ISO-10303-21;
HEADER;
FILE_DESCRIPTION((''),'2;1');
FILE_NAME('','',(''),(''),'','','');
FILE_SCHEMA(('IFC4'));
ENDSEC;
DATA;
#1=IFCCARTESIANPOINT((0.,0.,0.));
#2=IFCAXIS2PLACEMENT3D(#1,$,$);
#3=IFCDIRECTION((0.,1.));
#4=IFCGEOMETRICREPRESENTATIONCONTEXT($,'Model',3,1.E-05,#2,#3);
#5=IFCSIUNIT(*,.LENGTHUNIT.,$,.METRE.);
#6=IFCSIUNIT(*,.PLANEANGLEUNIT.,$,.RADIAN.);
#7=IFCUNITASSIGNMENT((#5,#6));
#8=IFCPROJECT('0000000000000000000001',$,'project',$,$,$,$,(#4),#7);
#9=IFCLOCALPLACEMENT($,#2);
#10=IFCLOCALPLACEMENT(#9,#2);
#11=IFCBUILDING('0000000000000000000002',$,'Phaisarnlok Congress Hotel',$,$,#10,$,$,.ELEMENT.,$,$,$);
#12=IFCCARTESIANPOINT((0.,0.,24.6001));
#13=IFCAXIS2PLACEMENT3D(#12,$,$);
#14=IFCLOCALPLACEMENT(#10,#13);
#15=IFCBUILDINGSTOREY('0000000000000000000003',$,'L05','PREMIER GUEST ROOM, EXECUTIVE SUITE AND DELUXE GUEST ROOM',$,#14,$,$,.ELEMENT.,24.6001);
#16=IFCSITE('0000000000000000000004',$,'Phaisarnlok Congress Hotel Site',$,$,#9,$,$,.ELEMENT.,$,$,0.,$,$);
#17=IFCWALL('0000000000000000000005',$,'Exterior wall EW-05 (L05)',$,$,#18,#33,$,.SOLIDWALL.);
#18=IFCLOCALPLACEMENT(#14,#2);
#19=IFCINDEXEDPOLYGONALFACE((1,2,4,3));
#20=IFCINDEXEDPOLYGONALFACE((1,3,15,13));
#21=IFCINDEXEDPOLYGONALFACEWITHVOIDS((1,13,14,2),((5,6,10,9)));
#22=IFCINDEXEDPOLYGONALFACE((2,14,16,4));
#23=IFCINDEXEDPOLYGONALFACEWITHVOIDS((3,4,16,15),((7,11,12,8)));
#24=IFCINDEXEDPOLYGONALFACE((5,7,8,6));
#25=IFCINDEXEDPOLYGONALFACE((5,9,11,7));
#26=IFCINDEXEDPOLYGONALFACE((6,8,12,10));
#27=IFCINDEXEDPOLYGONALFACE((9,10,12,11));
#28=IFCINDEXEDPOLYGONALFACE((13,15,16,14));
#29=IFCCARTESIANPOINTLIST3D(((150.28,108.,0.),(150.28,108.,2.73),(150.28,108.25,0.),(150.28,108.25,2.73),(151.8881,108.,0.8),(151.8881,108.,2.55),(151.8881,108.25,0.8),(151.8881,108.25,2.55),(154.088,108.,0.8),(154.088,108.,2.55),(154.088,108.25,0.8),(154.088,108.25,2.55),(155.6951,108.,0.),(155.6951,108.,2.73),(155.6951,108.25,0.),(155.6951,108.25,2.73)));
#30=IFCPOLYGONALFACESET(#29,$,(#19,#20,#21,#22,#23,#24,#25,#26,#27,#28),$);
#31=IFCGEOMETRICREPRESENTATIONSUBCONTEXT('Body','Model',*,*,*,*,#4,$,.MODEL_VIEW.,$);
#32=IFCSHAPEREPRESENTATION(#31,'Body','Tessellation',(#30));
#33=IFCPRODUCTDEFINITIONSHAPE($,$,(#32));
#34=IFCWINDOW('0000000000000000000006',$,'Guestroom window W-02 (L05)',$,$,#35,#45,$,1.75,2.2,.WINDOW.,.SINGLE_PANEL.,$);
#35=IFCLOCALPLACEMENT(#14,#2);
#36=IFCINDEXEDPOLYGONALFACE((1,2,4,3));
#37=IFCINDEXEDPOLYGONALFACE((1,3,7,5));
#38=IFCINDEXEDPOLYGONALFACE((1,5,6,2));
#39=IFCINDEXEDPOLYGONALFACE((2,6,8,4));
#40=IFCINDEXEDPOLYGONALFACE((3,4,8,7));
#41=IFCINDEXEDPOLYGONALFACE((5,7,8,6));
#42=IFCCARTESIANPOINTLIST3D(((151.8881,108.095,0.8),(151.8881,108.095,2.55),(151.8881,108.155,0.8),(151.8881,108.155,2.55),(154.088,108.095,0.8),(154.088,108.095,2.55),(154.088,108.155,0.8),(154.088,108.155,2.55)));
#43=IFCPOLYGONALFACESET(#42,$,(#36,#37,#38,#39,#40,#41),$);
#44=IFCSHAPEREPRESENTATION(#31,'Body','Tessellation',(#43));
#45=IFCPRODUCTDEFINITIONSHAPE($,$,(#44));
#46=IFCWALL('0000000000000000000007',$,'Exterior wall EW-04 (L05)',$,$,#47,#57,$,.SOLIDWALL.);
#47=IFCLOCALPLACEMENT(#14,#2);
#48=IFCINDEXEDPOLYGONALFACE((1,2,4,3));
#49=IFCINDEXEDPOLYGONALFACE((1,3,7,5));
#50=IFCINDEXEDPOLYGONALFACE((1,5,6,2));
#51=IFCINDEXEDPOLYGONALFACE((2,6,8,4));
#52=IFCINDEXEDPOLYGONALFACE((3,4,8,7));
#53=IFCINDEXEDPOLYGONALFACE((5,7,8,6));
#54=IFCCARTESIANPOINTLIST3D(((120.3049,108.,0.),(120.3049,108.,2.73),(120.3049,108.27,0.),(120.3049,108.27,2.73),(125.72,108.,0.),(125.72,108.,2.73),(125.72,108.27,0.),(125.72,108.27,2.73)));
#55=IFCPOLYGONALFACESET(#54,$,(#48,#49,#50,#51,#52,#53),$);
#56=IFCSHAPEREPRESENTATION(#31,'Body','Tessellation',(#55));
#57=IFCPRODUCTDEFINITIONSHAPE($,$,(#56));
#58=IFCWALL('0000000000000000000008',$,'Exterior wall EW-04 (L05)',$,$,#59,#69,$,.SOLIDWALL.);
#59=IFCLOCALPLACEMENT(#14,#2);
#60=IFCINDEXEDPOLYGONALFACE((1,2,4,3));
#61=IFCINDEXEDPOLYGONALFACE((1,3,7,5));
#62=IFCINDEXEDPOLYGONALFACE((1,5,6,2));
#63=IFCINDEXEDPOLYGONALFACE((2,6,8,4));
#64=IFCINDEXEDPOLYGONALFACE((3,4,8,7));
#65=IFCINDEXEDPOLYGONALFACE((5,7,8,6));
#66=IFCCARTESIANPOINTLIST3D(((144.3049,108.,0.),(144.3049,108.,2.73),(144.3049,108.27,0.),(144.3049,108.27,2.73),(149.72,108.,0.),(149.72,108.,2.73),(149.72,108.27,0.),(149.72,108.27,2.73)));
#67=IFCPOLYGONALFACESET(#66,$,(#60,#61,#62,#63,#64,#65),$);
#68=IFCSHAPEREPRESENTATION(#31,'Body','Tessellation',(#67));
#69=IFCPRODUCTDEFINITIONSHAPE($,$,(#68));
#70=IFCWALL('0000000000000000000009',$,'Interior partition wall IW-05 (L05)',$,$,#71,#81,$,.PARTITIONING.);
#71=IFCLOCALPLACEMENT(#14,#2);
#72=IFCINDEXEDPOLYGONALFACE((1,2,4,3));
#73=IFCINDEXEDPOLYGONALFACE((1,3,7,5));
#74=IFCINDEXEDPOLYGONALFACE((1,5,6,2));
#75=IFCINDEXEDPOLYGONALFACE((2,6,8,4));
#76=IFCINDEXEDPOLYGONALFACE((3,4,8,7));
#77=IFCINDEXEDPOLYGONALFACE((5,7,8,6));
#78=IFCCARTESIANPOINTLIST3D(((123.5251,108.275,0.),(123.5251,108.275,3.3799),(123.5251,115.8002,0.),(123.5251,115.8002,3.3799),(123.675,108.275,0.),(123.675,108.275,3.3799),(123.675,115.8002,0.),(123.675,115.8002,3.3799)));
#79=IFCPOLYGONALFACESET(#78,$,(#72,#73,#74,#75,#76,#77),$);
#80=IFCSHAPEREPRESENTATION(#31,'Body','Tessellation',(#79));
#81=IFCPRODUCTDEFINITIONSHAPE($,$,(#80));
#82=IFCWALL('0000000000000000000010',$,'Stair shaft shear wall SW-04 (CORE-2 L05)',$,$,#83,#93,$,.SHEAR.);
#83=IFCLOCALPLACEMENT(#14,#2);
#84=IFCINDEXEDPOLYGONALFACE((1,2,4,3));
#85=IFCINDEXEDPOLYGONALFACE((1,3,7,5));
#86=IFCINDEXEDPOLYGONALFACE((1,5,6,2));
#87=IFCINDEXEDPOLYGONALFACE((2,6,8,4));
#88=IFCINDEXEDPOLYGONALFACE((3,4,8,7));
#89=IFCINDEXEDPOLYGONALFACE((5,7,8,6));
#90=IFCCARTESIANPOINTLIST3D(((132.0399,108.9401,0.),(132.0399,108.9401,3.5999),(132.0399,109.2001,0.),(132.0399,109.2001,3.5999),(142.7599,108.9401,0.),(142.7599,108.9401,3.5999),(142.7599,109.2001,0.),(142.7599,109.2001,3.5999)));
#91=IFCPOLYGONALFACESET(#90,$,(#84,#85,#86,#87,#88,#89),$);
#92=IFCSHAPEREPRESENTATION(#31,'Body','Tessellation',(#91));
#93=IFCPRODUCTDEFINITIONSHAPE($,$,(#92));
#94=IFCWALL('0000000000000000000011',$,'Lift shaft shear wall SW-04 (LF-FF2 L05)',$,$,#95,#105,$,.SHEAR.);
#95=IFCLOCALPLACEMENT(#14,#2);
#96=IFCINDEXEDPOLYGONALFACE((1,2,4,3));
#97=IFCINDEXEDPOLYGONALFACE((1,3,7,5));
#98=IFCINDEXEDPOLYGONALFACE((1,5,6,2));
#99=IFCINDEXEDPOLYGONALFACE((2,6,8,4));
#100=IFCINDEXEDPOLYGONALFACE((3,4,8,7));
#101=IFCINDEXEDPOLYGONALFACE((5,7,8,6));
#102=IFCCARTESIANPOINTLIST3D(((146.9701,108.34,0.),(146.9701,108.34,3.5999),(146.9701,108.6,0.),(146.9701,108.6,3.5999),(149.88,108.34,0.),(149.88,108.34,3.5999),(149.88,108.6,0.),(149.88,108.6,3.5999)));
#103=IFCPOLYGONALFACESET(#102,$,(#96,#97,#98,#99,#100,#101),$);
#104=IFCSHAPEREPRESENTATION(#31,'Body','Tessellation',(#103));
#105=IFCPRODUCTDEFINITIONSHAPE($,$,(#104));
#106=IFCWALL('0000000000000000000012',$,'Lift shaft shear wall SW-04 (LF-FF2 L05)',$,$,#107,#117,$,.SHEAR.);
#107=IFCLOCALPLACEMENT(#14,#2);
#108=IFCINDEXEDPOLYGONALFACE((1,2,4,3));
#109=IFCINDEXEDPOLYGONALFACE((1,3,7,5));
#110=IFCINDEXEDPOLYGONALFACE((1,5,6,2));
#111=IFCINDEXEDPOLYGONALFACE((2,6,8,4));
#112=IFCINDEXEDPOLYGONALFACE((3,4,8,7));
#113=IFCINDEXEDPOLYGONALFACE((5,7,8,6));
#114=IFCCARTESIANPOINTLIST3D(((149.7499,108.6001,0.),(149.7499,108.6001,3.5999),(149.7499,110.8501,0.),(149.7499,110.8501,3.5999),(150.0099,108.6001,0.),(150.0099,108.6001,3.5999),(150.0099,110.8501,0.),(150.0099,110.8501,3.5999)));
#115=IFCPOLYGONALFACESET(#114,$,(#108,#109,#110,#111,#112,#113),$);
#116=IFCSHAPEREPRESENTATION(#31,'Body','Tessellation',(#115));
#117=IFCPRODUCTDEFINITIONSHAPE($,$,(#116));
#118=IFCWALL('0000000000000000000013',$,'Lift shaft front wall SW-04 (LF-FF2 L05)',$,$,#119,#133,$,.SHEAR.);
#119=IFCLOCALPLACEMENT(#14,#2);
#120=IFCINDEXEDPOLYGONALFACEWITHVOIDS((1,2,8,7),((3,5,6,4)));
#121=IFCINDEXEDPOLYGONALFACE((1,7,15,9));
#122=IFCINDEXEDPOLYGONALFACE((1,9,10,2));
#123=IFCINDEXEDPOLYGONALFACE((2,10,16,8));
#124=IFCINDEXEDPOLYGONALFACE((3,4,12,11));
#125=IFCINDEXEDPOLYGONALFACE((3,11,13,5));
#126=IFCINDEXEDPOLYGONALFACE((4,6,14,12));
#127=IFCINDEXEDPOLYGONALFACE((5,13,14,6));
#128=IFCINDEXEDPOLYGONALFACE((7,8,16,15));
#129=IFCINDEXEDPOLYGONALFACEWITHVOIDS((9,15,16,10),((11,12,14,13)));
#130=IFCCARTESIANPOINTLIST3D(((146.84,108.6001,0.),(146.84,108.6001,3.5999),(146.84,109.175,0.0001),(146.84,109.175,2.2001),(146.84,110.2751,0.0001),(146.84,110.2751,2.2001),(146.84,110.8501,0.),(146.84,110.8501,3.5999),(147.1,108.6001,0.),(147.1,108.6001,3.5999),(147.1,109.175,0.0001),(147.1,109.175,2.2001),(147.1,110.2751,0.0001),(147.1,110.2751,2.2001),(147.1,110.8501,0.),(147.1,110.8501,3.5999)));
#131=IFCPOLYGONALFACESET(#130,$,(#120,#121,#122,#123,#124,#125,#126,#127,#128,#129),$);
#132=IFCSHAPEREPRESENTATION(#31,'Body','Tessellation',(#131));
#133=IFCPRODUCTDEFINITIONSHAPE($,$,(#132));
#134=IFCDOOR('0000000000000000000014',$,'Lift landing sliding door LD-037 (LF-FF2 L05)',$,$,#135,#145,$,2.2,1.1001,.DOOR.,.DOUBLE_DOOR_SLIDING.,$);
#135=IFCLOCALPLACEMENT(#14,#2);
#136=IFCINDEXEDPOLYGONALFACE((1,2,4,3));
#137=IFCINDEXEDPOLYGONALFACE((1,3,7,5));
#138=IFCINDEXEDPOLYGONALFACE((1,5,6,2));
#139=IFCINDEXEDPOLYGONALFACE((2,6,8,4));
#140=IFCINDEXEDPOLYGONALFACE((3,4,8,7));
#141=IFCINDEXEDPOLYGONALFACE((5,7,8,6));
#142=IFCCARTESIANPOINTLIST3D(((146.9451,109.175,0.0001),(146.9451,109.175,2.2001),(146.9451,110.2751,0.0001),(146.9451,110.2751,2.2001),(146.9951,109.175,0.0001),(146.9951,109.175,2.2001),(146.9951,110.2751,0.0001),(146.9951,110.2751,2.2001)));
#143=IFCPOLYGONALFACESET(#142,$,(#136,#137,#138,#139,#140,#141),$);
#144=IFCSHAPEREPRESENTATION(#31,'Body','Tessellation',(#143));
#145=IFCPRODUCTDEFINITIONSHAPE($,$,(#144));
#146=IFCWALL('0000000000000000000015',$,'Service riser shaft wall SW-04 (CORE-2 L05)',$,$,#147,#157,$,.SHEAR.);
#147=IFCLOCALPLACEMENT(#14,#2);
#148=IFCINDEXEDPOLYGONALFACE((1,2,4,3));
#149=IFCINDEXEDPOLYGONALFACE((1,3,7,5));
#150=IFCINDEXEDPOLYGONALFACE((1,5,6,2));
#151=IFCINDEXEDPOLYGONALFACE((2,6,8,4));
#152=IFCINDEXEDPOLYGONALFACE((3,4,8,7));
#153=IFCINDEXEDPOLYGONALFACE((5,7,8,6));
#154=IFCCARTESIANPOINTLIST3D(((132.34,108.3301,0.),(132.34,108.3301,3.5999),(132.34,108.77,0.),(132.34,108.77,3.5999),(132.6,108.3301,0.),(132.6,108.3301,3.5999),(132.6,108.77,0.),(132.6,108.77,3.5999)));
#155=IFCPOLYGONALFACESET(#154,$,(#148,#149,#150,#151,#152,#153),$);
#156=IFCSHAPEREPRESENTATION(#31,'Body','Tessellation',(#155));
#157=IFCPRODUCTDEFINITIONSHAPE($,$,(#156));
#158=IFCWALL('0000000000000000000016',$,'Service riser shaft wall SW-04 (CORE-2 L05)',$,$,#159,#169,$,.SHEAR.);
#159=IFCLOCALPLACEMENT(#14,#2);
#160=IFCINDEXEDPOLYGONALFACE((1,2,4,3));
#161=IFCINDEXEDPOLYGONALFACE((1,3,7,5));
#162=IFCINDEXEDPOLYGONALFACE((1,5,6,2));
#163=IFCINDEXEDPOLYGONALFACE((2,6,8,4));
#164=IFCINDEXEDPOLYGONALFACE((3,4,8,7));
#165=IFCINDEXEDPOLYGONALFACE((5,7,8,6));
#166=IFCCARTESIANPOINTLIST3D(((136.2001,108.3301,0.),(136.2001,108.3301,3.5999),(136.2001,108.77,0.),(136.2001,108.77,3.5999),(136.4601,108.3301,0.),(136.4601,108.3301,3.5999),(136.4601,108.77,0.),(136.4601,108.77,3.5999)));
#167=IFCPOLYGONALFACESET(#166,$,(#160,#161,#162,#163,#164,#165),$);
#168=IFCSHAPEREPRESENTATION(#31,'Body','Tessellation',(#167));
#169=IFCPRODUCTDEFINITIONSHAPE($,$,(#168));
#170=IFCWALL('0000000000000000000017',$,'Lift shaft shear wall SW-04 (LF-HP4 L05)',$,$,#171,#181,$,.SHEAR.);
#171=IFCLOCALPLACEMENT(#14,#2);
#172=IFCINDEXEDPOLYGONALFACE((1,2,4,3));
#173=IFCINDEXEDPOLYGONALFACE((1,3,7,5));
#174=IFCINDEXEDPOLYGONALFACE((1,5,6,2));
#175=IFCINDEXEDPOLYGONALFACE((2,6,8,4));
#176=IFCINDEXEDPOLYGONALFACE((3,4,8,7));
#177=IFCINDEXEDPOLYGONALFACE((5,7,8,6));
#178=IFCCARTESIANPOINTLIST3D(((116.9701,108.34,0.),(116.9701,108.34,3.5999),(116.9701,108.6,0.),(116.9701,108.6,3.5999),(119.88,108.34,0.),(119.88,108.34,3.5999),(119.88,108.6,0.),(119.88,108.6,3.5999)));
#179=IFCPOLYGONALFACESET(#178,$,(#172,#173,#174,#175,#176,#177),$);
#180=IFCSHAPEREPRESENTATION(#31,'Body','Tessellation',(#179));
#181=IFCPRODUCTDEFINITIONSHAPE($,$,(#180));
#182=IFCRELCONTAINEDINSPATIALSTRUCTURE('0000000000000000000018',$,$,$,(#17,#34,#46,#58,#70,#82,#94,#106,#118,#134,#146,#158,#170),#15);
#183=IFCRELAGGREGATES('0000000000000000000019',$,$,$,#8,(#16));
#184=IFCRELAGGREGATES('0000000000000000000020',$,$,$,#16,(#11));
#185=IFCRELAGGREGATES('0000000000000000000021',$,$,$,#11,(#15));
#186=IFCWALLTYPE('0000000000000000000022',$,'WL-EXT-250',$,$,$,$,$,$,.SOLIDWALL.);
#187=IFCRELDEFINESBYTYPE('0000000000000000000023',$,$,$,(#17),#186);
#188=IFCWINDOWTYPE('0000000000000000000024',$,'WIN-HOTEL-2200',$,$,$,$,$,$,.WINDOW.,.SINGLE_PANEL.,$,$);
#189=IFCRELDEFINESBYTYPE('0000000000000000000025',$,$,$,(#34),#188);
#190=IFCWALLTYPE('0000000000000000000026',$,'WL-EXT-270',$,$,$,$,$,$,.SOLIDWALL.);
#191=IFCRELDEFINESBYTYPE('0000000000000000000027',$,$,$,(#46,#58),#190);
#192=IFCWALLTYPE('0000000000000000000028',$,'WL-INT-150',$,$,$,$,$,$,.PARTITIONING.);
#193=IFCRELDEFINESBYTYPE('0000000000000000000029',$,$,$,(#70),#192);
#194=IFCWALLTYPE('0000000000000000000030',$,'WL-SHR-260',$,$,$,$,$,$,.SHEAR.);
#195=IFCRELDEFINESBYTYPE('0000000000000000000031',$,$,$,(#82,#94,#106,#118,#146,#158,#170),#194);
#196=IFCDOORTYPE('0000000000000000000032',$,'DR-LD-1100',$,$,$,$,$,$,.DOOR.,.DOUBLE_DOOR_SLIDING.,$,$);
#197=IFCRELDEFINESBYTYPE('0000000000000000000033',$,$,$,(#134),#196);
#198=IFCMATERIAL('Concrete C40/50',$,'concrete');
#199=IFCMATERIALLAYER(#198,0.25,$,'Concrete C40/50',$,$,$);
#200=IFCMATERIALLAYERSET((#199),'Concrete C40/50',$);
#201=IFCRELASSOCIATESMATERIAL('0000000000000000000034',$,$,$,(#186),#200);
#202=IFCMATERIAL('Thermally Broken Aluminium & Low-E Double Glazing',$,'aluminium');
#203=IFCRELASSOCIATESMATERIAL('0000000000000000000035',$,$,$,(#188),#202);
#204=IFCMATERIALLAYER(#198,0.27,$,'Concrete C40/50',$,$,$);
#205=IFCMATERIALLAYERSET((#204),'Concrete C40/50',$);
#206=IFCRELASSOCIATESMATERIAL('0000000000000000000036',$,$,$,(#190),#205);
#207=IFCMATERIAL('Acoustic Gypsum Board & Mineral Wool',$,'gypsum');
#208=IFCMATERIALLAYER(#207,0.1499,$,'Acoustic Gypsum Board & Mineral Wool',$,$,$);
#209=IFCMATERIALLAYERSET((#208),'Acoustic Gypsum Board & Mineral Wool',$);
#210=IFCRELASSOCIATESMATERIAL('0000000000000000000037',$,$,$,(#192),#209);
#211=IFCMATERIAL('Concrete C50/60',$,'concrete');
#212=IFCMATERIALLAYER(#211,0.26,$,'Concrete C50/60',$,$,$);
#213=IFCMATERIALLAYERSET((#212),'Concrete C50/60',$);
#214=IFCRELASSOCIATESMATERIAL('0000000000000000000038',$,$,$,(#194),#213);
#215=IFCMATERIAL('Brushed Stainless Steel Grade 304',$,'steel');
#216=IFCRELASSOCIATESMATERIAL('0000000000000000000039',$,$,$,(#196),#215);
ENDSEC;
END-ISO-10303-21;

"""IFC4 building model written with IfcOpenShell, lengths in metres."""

from ifc_helpers import new_model, si_unit, direction, frame, frame_2d, origin, place, context, subcontext, project, spatial, rectangle, extrude, material, layer, layer_set, type_object, element, fill, save


model = new_model("IFC4")

# Units and contexts
model_context = context("Model", 3, precision=1e-05, world=origin(), true_north=direction((0.0, 1.0)))
body_context = subcontext(model_context, "Body", "Model", "MODEL_VIEW")
ifc_project = project(units=[si_unit("LENGTHUNIT", "METRE"), si_unit("PLANEANGLEUNIT", "RADIAN")], contexts=[model_context])

# Site, building, storey
site_placement = place(None, origin())
site = spatial("IfcSite", under=ifc_project, at=site_placement, Name="Phaisarnlok Congress Hotel Site", CompositionType="ELEMENT", RefElevation=0.0)
building_placement = place(site_placement, origin())
building = spatial("IfcBuilding", under=site, at=building_placement, Name="Phaisarnlok Congress Hotel", CompositionType="ELEMENT")
storey_placement = place(building_placement, frame((0.0, 0.0, 24.6001)))
storey = spatial("IfcBuildingStorey", under=building, at=storey_placement, Name="L05", Description="PREMIER GUEST ROOM, EXECUTIVE SUITE AND DELUXE GUEST ROOM", CompositionType="ELEMENT", Elevation=24.6001)

# Shared definitions
ifc_material_1 = material(Name="Concrete C40/50", Category="concrete")

# Shared definitions
ifc_layer_1 = layer(ifc_material_1, 0.25, Name="Concrete C40/50")
ifc_layer_set_1 = layer_set([ifc_layer_1], Name="Concrete C40/50")
wall_type_1 = type_object("IfcWallType", Name="WL-EXT-250", PredefinedType="SOLIDWALL", material=ifc_layer_set_1)

# Wall, opening, window
wall_1_placement = place(storey_placement, frame((150.28, 108.125, 0.0), z_axis=(0.0, 0.0, 1.0), x_axis=(1.0, 0.0, 0.0)))
wall_1 = element("IfcWall", 1, at=wall_1_placement, inside=storey, type_object=wall_type_1, Name="Exterior wall EW-05 (L05)", PredefinedType="SOLIDWALL", context=body_context, shape_type="SweptSolid", body=[
    extrude(rectangle(XDim=5.415, YDim=0.25, at=frame_2d((2.7075, 0.0))), origin(), (0.0, 0.0, 1.0), 2.73),
])
opening_1_placement = place(wall_1_placement, frame((1.6079, 0.0, 0.8)))
opening_1 = element("IfcOpeningElement", 2, at=opening_1_placement, cuts=wall_1, PredefinedType="OPENING", context=body_context, shape_type="SweptSolid", body=[
    extrude(rectangle(XDim=2.2, YDim=1.75, at=frame_2d((1.1001, 0.875))), frame((0.0, 0.135, 0.0), z_axis=(0.0, -1.0, 0.0), x_axis=(1.0, 0.0, 0.0)), (0.0, 0.0, 1.0), 0.27),
])
ifc_material_2 = material(Name="Thermally Broken Aluminium & Low-E Double Glazing", Category="aluminium")
window_type = type_object("IfcWindowType", Name="WIN-HOTEL-2200", PartitioningType="SINGLE_PANEL", PredefinedType="WINDOW", material=ifc_material_2)
window_placement = place(opening_1_placement, origin())
window = element("IfcWindow", 3, at=window_placement, inside=storey, type_object=window_type, Name="Guestroom window W-02 (L05)", OverallHeight=1.75, OverallWidth=2.2, PartitioningType="SINGLE_PANEL", PredefinedType="WINDOW", context=body_context, shape_type="SweptSolid", body=[
    extrude(rectangle(XDim=2.2, YDim=1.75, at=frame_2d((1.1001, 0.875))), frame((0.0, 0.03, 0.0), z_axis=(0.0, -1.0, 0.0), x_axis=(1.0, 0.0, 0.0)), (0.0, 0.0, 1.0), 0.0601),
])
fill(opening_1, window)

# Walls
ifc_layer_2 = layer(ifc_material_1, 0.27, Name="Concrete C40/50")
ifc_layer_set_2 = layer_set([ifc_layer_2], Name="Concrete C40/50")
wall_type_2 = type_object("IfcWallType", Name="WL-EXT-270", PredefinedType="SOLIDWALL", material=ifc_layer_set_2)
for number, where, z_axis, x_axis, name in (
    (4, (120.3049, 108.135, 0.0), (0.0, 0.0, 1.0), (1.0, 0.0, 0.0), "Exterior wall EW-04 (L05)"),
    (5, (144.3049, 108.135, 0.0), (0.0, 0.0, 1.0), (1.0, 0.0, 0.0), "Exterior wall EW-04 (L05)"),
):
    element("IfcWall", number, at=place(storey_placement, frame(where, z_axis=z_axis, x_axis=x_axis)), inside=storey, type_object=wall_type_2, Name=name, PredefinedType="SOLIDWALL", context=body_context, shape_type="SweptSolid", body=[
        extrude(rectangle(XDim=5.415, YDim=0.27, at=frame_2d((2.7075, 0.0))), origin(), (0.0, 0.0, 1.0), 2.73),
    ])
ifc_material_3 = material(Name="Acoustic Gypsum Board & Mineral Wool", Category="gypsum")
ifc_layer_3 = layer(ifc_material_3, 0.1499, Name="Acoustic Gypsum Board & Mineral Wool")
ifc_layer_set_3 = layer_set([ifc_layer_3], Name="Acoustic Gypsum Board & Mineral Wool")
wall_type_3 = type_object("IfcWallType", Name="WL-INT-150", PredefinedType="PARTITIONING", material=ifc_layer_set_3)
wall_2_placement = place(storey_placement, frame((123.6001, 108.2749, 0.0), z_axis=(0.0, 0.0, 1.0), x_axis=(0.0, 1.0, 0.0)))
element("IfcWall", 6, at=wall_2_placement, inside=storey, type_object=wall_type_3, Name="Interior partition wall IW-05 (L05)", PredefinedType="PARTITIONING", context=body_context, shape_type="SweptSolid", body=[
    extrude(rectangle(XDim=7.5251, YDim=0.1499, at=frame_2d((3.7627, 0.0))), origin(), (0.0, 0.0, 1.0), 3.3799),
])
ifc_material_4 = material(Name="Concrete C50/60", Category="concrete")
ifc_layer_4 = layer(ifc_material_4, 0.26, Name="Concrete C50/60")
ifc_layer_set_4 = layer_set([ifc_layer_4], Name="Concrete C50/60")
wall_type_4 = type_object("IfcWallType", Name="WL-SHR-260", PredefinedType="SHEAR", material=ifc_layer_set_4)
wall_3_placement = place(storey_placement, frame((132.04, 109.0701, 0.0), z_axis=(0.0, 0.0, 1.0), x_axis=(1.0, 0.0, 0.0)))
element("IfcWall", 7, at=wall_3_placement, inside=storey, type_object=wall_type_4, Name="Stair shaft shear wall SW-04 (CORE-2 L05)", PredefinedType="SHEAR", context=body_context, shape_type="SweptSolid", body=[
    extrude(rectangle(XDim=10.72, YDim=0.26, at=frame_2d((5.3599, 0.0))), origin(), (0.0, 0.0, 1.0), 3.5999),
])
wall_4_placement = place(storey_placement, frame((146.97, 108.47, 0.0), z_axis=(0.0, 0.0, 1.0), x_axis=(1.0, 0.0, 0.0)))
element("IfcWall", 8, at=wall_4_placement, inside=storey, type_object=wall_type_4, Name="Lift shaft shear wall SW-04 (LF-FF2 L05)", PredefinedType="SHEAR", context=body_context, shape_type="SweptSolid", body=[
    extrude(rectangle(XDim=2.9099, YDim=0.26, at=frame_2d((1.4551, 0.0))), origin(), (0.0, 0.0, 1.0), 3.5999),
])
wall_5_placement = place(storey_placement, frame((149.8799, 108.6001, 0.0), z_axis=(0.0, 0.0, 1.0), x_axis=(0.0, 1.0, 0.0)))
element("IfcWall", 9, at=wall_5_placement, inside=storey, type_object=wall_type_4, Name="Lift shaft shear wall SW-04 (LF-FF2 L05)", PredefinedType="SHEAR", context=body_context, shape_type="SweptSolid", body=[
    extrude(rectangle(XDim=2.25, YDim=0.26, at=frame_2d((1.125, 0.0))), origin(), (0.0, 0.0, 1.0), 3.5999),
])

# Wall, opening, door
wall_6_placement = place(storey_placement, frame((146.97, 108.6001, 0.0), z_axis=(0.0, 0.0, 1.0), x_axis=(0.0, 1.0, 0.0)))
wall_6 = element("IfcWall", 10, at=wall_6_placement, inside=storey, type_object=wall_type_4, Name="Lift shaft front wall SW-04 (LF-FF2 L05)", PredefinedType="SHEAR", context=body_context, shape_type="SweptSolid", body=[
    extrude(rectangle(XDim=2.25, YDim=0.26, at=frame_2d((1.125, 0.0))), origin(), (0.0, 0.0, 1.0), 3.5999),
])
opening_2_placement = place(wall_6_placement, frame((0.575, 0.0, 0.0)))
opening_2 = element("IfcOpeningElement", 11, at=opening_2_placement, cuts=wall_6, PredefinedType="OPENING", context=body_context, shape_type="SweptSolid", body=[
    extrude(rectangle(XDim=1.1001, YDim=2.2, at=frame_2d((0.55, 1.1001))), frame((0.0, 0.1401, 0.0), z_axis=(0.0, -1.0, 0.0), x_axis=(1.0, 0.0, 0.0)), (0.0, 0.0, 1.0), 0.28),
])
ifc_material_5 = material(Name="Brushed Stainless Steel Grade 304", Category="steel")
door_type = type_object("IfcDoorType", Name="DR-LD-1100", OperationType="DOUBLE_DOOR_SLIDING", PredefinedType="DOOR", material=ifc_material_5)
door_1_placement = place(opening_2_placement, origin())
door_1 = element("IfcDoor", 12, at=door_1_placement, inside=storey, type_object=door_type, Name="Lift landing sliding door LD-037 (LF-FF2 L05)", OperationType="DOUBLE_DOOR_SLIDING", OverallHeight=2.2, OverallWidth=1.1001, PredefinedType="DOOR", context=body_context, shape_type="SweptSolid", body=[
    extrude(rectangle(XDim=1.1001, YDim=2.2, at=frame_2d((0.55, 1.1001))), frame((0.0, 0.0249, 0.0), z_axis=(0.0, -1.0, 0.0), x_axis=(1.0, 0.0, 0.0)), (0.0, 0.0, 1.0), 0.05),
])
fill(opening_2, door_1)

# Walls
for number, where, z_axis, x_axis, name in (
    (13, (132.47, 108.3301, 0.0), (0.0, 0.0, 1.0), (0.0, 1.0, 0.0), "Service riser shaft wall SW-04 (CORE-2 L05)"),
    (14, (136.3301, 108.3301, 0.0), (0.0, 0.0, 1.0), (0.0, 1.0, 0.0), "Service riser shaft wall SW-04 (CORE-2 L05)"),
):
    element("IfcWall", number, at=place(storey_placement, frame(where, z_axis=z_axis, x_axis=x_axis)), inside=storey, type_object=wall_type_4, Name=name, PredefinedType="SHEAR", context=body_context, shape_type="SweptSolid", body=[
        extrude(rectangle(XDim=0.4399, YDim=0.26, at=frame_2d((0.22, 0.0))), origin(), (0.0, 0.0, 1.0), 3.5999),
    ])
wall_7_placement = place(storey_placement, frame((116.97, 108.47, 0.0), z_axis=(0.0, 0.0, 1.0), x_axis=(1.0, 0.0, 0.0)))
element("IfcWall", 15, at=wall_7_placement, inside=storey, type_object=wall_type_4, Name="Lift shaft shear wall SW-04 (LF-HP4 L05)", PredefinedType="SHEAR", context=body_context, shape_type="SweptSolid", body=[
    extrude(rectangle(XDim=2.9099, YDim=0.26, at=frame_2d((1.4551, 0.0))), origin(), (0.0, 0.0, 1.0), 3.5999),
])

save(model, "model.ifc")
